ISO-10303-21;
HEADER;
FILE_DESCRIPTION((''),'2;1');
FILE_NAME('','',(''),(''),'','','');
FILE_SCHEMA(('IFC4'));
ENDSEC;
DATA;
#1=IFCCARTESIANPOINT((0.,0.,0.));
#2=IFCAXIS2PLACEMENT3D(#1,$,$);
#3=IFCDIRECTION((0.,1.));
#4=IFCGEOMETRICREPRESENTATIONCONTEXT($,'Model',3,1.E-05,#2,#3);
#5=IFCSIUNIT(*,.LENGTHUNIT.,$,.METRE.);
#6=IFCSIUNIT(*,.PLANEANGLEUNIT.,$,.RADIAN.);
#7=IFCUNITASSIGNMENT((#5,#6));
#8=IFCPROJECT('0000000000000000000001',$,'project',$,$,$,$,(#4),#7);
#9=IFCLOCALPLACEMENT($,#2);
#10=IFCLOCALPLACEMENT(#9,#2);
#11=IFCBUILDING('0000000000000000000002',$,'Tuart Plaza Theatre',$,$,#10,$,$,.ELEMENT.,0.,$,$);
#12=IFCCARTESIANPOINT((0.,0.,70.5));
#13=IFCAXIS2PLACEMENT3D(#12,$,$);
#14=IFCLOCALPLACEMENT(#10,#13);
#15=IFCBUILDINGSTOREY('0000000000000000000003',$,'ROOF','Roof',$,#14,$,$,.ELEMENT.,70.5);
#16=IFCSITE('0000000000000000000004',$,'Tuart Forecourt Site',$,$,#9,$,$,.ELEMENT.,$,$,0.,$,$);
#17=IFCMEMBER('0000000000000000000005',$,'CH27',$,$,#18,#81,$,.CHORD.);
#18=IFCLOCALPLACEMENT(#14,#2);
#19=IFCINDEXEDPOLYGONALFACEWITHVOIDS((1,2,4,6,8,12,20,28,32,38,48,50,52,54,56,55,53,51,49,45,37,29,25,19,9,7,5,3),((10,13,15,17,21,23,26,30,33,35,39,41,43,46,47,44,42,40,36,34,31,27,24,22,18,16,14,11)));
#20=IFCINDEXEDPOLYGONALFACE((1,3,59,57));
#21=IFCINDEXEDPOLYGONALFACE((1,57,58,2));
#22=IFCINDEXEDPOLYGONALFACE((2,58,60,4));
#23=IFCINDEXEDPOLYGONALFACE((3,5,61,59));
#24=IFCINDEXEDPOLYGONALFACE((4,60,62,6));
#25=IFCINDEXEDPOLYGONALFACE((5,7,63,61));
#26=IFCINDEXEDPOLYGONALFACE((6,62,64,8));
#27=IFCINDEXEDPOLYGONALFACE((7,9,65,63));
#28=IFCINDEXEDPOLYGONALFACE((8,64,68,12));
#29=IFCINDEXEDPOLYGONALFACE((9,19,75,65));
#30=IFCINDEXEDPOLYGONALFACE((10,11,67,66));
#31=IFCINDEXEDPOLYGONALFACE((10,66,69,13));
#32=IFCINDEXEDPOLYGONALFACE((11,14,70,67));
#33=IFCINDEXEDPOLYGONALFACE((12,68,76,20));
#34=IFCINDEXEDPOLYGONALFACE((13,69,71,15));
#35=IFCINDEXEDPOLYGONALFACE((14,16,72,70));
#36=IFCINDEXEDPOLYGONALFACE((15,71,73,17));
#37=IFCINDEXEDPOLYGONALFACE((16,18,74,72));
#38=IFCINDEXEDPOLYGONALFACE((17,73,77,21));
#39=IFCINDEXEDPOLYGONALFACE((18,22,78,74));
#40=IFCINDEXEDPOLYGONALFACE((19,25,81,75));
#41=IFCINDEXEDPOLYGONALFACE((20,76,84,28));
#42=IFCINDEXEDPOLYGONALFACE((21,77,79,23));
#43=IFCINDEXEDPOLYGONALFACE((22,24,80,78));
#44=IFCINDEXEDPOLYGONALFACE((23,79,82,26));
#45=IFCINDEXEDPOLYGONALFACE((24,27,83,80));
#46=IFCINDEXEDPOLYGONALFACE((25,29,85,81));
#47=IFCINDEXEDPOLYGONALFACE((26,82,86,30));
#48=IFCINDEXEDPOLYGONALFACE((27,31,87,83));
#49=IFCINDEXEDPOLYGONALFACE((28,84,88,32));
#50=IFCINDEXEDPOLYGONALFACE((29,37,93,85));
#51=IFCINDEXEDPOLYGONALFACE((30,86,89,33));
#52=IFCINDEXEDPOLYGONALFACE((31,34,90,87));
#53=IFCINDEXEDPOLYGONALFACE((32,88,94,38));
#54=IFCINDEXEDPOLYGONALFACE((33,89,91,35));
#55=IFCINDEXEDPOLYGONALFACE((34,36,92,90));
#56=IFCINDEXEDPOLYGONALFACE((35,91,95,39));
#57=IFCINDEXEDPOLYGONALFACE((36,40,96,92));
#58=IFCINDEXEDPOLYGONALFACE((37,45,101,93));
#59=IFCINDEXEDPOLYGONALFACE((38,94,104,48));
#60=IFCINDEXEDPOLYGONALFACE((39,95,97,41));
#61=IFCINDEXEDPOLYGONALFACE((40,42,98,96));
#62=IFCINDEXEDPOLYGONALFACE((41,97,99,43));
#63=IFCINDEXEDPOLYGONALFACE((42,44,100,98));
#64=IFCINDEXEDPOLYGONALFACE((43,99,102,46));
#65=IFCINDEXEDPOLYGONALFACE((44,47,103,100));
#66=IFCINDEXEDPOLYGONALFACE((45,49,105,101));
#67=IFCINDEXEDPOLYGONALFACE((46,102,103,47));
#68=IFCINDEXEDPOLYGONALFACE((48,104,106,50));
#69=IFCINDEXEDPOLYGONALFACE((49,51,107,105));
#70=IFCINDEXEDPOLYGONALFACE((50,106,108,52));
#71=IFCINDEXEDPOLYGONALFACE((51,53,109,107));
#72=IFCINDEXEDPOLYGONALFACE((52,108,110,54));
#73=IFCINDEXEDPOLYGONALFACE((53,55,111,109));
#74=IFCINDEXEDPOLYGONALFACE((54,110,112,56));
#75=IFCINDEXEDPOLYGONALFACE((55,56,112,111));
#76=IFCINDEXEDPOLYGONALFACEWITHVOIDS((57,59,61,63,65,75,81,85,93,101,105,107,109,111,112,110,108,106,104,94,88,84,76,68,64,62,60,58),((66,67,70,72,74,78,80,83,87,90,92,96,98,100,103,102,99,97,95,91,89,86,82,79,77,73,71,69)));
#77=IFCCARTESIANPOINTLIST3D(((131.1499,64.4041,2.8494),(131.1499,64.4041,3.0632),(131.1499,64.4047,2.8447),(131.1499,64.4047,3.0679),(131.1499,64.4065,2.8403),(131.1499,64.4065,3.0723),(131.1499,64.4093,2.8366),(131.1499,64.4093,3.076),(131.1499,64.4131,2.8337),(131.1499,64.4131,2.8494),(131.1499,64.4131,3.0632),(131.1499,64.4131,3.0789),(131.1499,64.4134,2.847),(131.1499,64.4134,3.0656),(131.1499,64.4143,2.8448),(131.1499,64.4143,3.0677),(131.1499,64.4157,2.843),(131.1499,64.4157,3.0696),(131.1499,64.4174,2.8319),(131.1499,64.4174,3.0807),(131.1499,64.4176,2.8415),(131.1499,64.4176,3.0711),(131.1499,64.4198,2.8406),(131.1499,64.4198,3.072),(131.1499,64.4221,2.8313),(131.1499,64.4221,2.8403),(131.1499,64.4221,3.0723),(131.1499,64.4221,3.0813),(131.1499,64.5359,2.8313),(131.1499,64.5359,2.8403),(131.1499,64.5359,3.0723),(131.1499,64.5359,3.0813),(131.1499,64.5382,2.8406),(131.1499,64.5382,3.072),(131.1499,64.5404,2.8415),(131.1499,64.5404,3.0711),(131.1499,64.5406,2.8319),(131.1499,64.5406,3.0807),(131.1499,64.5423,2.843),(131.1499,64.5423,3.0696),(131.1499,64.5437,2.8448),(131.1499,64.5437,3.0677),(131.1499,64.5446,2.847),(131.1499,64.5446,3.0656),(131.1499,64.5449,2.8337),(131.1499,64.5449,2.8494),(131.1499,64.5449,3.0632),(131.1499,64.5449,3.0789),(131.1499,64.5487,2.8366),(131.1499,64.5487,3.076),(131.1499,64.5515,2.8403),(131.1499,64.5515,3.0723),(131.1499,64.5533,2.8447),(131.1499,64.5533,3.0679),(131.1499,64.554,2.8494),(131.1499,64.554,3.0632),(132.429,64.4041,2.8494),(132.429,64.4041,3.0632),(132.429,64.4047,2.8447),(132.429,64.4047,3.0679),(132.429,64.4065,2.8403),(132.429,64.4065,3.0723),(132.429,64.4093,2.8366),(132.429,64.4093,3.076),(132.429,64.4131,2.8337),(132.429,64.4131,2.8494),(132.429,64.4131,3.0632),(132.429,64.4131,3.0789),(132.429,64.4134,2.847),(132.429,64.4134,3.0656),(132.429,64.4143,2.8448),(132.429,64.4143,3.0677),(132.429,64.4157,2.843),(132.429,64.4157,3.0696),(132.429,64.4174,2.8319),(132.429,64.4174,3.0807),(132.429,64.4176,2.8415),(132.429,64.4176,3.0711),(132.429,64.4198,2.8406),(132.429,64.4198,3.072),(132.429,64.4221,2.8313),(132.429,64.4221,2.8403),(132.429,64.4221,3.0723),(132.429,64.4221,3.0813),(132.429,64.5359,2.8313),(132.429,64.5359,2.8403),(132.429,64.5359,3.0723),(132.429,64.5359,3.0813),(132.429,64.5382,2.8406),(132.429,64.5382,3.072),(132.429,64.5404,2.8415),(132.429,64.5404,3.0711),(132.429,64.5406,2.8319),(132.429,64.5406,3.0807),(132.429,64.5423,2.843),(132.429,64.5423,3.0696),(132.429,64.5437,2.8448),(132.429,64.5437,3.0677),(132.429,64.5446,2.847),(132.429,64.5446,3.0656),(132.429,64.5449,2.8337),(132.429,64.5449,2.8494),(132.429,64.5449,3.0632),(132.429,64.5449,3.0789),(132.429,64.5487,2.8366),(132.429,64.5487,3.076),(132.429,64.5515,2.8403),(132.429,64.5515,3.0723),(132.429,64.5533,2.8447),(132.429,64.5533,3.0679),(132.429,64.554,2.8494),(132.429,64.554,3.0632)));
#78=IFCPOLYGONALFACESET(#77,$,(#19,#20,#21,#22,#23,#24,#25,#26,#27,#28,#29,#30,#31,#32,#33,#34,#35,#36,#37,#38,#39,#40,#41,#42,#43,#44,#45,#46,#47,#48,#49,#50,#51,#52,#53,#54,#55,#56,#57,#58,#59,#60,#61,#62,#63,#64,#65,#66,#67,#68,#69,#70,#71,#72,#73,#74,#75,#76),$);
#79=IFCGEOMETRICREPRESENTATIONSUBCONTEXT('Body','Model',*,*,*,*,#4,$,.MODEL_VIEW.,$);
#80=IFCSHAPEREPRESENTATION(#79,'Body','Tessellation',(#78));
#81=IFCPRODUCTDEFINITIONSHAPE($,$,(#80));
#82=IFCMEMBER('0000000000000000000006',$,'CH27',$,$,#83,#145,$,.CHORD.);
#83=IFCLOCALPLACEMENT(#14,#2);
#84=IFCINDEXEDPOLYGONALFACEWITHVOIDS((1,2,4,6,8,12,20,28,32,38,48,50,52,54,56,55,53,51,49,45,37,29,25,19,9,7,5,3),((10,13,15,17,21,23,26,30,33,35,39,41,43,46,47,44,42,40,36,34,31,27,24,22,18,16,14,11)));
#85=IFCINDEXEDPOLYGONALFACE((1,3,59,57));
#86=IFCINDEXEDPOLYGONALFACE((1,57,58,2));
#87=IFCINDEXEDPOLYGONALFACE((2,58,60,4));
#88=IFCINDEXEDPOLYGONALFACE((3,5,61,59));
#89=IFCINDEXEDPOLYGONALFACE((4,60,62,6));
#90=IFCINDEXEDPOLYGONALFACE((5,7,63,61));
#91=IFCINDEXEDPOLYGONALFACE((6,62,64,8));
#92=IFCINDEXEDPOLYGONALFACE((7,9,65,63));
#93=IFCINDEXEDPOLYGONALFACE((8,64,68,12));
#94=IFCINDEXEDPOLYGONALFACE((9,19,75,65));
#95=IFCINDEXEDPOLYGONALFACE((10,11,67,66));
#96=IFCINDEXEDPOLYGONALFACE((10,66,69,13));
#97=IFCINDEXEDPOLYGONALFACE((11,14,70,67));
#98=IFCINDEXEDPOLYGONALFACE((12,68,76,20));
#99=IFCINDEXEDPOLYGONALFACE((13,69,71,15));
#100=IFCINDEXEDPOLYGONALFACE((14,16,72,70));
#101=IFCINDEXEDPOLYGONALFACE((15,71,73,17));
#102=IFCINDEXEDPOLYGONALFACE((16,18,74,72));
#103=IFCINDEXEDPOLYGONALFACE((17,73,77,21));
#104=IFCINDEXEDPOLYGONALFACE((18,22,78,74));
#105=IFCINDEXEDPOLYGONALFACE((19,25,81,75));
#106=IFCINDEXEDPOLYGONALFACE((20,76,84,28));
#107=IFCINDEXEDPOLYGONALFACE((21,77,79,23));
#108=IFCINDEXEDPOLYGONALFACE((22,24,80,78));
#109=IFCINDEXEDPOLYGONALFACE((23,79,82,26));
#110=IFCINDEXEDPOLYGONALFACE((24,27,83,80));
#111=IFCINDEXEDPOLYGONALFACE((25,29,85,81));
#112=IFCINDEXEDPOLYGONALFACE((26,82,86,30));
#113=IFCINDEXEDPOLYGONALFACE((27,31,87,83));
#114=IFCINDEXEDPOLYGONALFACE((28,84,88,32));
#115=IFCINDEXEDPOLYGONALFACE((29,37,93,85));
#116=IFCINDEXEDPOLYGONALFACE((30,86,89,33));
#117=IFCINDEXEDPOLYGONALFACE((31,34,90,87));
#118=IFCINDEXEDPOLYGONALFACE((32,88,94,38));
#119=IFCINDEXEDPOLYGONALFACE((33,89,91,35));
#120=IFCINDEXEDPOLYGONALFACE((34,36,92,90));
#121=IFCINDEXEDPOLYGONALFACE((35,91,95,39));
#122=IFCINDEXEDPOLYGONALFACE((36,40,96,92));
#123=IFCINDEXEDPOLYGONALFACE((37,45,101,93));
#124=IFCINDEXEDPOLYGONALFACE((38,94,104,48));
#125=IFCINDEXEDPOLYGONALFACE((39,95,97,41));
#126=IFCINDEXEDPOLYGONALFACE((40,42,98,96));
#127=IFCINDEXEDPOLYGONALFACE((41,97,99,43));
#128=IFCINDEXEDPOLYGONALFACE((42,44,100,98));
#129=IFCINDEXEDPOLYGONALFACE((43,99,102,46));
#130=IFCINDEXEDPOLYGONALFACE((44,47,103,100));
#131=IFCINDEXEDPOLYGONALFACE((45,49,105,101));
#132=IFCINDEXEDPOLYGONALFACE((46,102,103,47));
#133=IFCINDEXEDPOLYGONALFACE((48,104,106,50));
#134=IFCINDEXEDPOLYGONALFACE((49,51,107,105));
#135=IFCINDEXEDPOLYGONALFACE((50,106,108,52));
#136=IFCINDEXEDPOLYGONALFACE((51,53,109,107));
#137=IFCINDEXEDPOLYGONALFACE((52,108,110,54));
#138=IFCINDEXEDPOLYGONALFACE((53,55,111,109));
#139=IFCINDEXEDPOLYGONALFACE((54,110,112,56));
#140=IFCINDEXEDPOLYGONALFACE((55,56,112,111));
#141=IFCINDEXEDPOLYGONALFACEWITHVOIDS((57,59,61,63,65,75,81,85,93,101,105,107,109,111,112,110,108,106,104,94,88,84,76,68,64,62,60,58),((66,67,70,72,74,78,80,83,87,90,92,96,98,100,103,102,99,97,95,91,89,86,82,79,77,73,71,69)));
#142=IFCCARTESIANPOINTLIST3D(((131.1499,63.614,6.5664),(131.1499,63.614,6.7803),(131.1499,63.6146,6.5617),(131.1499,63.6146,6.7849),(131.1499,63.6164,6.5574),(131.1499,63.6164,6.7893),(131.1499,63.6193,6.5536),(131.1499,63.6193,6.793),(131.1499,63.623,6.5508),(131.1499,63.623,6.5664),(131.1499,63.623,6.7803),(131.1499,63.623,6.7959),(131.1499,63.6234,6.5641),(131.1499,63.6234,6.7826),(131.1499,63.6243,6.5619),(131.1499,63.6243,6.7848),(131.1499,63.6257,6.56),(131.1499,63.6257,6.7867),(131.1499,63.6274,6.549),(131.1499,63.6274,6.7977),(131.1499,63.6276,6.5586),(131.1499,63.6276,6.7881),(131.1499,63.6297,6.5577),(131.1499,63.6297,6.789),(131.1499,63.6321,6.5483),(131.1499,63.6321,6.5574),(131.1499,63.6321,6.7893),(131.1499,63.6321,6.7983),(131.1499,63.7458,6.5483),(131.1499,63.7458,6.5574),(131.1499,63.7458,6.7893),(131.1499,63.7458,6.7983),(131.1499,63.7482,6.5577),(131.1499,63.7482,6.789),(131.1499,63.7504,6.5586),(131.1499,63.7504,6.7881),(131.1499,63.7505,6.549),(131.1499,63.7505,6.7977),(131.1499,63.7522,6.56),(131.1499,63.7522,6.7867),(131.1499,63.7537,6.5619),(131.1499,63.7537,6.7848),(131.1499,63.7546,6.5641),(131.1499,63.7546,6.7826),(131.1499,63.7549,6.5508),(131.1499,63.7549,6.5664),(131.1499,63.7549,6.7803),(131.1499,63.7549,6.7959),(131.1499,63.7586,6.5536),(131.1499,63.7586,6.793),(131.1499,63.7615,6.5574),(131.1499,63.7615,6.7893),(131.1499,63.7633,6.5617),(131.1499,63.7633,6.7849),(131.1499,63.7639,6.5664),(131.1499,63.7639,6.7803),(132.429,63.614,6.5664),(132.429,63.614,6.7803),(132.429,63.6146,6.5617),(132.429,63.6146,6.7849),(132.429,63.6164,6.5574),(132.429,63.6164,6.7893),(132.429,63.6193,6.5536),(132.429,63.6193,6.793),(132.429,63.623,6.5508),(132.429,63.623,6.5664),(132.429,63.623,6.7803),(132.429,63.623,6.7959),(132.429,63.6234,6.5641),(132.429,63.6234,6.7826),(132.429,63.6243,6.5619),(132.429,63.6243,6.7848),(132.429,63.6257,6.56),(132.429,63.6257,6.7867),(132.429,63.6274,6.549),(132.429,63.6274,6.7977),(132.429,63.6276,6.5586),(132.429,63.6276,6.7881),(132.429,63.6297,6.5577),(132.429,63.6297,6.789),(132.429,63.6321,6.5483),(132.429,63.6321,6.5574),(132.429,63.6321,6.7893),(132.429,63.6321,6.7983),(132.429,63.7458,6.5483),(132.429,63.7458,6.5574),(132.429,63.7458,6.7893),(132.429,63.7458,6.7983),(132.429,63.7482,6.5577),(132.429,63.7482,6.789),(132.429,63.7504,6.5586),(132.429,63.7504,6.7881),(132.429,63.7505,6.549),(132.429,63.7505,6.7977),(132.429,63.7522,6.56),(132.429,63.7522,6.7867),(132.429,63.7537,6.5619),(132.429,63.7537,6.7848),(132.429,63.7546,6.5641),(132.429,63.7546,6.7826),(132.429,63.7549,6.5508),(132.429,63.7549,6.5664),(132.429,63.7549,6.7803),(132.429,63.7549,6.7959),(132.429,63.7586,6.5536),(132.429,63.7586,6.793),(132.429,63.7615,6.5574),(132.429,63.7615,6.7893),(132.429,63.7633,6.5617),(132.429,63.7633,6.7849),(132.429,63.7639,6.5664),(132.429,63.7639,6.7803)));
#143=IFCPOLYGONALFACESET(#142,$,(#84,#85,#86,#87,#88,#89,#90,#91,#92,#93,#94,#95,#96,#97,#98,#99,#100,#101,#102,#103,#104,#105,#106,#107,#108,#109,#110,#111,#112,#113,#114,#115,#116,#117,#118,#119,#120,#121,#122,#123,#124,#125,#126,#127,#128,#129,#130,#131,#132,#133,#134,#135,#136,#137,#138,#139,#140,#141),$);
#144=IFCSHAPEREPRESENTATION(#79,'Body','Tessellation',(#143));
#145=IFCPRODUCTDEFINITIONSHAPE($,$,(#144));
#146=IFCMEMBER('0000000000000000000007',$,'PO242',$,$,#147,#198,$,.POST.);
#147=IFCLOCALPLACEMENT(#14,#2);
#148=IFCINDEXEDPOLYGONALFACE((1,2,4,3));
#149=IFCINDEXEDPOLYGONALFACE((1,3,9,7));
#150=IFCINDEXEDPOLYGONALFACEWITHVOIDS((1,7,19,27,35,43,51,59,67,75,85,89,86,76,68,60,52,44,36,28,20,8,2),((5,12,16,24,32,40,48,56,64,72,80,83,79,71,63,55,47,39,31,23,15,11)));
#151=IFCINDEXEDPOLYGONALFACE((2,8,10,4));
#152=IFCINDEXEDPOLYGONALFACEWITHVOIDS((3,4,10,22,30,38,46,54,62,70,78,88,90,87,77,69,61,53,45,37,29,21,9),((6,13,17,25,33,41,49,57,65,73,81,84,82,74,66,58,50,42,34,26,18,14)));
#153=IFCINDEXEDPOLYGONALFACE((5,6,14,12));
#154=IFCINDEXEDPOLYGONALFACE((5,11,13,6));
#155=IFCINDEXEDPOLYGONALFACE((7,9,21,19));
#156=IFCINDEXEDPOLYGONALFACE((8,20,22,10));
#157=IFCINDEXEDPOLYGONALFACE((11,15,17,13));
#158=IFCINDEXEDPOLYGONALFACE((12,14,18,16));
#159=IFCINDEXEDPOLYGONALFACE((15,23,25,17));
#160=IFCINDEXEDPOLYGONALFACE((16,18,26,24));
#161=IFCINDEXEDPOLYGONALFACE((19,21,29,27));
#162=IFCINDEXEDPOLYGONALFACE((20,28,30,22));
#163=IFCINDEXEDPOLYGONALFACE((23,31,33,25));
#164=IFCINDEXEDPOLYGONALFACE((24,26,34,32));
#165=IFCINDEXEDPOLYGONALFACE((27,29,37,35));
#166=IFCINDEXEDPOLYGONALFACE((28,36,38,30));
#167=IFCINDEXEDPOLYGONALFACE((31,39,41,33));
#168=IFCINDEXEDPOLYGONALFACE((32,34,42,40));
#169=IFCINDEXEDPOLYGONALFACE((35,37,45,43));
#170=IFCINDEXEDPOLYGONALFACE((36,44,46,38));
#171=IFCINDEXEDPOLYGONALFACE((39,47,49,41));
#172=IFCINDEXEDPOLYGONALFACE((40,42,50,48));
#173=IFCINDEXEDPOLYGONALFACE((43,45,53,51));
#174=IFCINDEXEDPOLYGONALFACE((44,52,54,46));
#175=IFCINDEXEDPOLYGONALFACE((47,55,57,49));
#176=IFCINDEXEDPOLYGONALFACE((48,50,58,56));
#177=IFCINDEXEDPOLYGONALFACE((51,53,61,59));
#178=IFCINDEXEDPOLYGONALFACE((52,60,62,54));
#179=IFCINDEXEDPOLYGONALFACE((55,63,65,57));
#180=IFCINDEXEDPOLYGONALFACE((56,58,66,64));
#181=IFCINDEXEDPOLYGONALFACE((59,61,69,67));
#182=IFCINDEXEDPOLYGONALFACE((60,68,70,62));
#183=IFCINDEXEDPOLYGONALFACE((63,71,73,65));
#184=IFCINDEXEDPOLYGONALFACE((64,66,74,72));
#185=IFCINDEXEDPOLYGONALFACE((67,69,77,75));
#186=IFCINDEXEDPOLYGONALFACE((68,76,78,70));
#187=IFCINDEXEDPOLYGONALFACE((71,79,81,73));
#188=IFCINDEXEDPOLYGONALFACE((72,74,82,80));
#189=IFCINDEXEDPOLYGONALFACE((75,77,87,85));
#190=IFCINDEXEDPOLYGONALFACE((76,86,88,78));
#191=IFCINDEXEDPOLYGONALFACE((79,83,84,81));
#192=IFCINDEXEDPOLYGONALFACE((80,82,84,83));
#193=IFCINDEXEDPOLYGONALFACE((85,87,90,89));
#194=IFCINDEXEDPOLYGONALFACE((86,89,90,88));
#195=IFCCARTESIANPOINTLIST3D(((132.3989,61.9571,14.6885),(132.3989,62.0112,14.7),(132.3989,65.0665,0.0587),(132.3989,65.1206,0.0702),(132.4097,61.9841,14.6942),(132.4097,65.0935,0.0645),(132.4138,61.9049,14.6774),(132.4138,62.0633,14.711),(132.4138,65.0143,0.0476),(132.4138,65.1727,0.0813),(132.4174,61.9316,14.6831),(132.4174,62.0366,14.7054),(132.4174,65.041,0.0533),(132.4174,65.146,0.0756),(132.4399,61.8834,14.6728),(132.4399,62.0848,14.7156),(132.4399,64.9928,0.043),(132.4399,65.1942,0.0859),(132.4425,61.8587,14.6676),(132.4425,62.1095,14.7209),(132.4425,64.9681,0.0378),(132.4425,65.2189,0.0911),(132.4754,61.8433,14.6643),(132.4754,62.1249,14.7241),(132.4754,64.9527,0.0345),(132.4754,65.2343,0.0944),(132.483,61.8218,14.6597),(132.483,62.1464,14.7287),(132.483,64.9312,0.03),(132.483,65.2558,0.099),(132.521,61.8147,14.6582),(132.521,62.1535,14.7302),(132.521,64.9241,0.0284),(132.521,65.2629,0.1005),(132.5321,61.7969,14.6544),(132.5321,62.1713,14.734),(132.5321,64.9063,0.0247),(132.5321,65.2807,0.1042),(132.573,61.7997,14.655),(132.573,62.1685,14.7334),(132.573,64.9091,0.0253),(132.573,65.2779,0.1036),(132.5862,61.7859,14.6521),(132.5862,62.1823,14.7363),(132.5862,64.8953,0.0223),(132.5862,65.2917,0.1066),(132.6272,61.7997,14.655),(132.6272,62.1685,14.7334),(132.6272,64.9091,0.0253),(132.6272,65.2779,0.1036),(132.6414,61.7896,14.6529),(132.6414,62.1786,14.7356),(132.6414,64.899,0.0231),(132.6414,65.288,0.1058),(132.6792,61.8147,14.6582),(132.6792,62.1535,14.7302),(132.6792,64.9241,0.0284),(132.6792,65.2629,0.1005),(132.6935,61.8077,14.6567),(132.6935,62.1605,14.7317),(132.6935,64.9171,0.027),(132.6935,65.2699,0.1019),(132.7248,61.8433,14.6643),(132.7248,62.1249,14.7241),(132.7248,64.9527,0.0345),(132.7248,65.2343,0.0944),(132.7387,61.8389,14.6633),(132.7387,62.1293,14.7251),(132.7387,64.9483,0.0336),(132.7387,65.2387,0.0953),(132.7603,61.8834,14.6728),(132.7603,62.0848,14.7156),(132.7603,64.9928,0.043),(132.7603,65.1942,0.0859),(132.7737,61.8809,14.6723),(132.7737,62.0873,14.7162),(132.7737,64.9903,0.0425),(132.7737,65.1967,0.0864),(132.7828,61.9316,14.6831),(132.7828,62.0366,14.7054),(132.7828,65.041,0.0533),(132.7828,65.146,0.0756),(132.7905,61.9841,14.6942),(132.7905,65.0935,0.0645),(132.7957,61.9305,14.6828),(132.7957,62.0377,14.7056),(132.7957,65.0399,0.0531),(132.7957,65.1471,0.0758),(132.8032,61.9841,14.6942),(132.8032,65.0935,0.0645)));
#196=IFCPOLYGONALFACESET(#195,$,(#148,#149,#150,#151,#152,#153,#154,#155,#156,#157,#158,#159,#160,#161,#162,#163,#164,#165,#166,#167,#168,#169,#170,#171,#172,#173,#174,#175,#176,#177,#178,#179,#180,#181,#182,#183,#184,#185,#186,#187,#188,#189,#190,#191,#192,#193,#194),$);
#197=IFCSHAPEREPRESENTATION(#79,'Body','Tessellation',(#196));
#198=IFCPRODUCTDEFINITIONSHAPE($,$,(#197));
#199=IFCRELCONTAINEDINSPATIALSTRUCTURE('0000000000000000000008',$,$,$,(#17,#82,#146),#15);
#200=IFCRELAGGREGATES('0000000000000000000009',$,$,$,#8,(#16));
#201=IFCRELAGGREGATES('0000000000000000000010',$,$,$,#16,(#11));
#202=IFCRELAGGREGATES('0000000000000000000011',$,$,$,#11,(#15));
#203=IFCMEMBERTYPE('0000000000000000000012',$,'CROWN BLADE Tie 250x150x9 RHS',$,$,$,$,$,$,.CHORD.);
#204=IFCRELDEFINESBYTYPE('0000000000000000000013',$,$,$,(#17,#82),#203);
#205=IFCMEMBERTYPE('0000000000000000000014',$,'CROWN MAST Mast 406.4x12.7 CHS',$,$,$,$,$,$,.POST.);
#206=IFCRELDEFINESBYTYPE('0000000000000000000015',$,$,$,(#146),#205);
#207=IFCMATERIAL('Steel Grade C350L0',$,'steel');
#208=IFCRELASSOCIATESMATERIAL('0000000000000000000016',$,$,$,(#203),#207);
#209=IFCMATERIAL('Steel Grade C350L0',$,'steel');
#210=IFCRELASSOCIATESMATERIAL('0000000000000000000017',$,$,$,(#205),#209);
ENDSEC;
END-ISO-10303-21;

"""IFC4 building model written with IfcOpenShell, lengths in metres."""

from ifc_helpers import new_model, si_unit, direction, frame, origin, origin_2d, place, context, subcontext, project, spatial, hollow_rectangle, hollow_circle, extrude, material, material_profile, profile_set, type_object, element, save


model = new_model("IFC4")

# Units and contexts
model_context = context("Model", 3, precision=1e-05, world=origin(), true_north=direction((0.0, 1.0)))
body_context = subcontext(model_context, "Body", "Model", "MODEL_VIEW")
ifc_project = project(units=[si_unit("LENGTHUNIT", "METRE"), si_unit("PLANEANGLEUNIT", "RADIAN")], contexts=[model_context])

# Site, building, storey
site_placement = place(None, origin())
site = spatial("IfcSite", under=ifc_project, at=site_placement, Name="Tuart Forecourt Site", CompositionType="ELEMENT", RefElevation=0.0)
building_placement = place(site_placement, origin())
building = spatial("IfcBuilding", under=site, at=building_placement, Name="Tuart Plaza Theatre", CompositionType="ELEMENT", ElevationOfRefHeight=0.0)
storey_placement = place(building_placement, frame((0.0, 0.0, 70.5)))
storey = spatial("IfcBuildingStorey", under=building, at=storey_placement, Name="ROOF", Description="Roof", CompositionType="ELEMENT", Elevation=70.5)

# Members
ifc_material_1 = material(Name="Steel Grade C350L0", Category="steel")
ifc_material_profile_1 = material_profile(ifc_material_1, hollow_rectangle(XDim=0.1499, YDim=0.25, WallThickness=0.009, InnerFilletRadius=0.009, OuterFilletRadius=0.0181, at=origin_2d()), Name="250x150x9 RHS")
ifc_profile_set_1 = profile_set([ifc_material_profile_1], Name="Steel Grade C350L0")
member_type_1 = type_object("IfcMemberType", Name="CROWN BLADE Tie 250x150x9 RHS", PredefinedType="CHORD", material=ifc_profile_set_1)
for number, where, z_axis, x_axis, name in (
    (1, (131.1499, 64.479, 2.9563), (1.0, 0.0, 0.0), (0.0, 1.0, 0.0), "CH27"),
    (2, (131.1499, 63.689, 6.6733), (1.0, 0.0, 0.0), (0.0, 1.0, 0.0), "CH27"),
):
    element("IfcMember", number, at=place(storey_placement, frame(where, z_axis=z_axis, x_axis=x_axis)), inside=storey, type_object=member_type_1, Name=name, PredefinedType="CHORD", context=body_context, shape_type="SweptSolid", body=[
        extrude(hollow_rectangle(XDim=0.1499, YDim=0.25, WallThickness=0.009, InnerFilletRadius=0.009, OuterFilletRadius=0.0181, at=origin_2d()), origin(), (0.0, 0.0, 1.0), 1.2791),
    ])
ifc_material_2 = material(Name="Steel Grade C350L0", Category="steel")
ifc_material_profile_2 = material_profile(ifc_material_2, hollow_circle(Radius=0.2031, WallThickness=0.0127, at=origin_2d()), Name="406.4x12.7 CHS")
ifc_profile_set_2 = profile_set([ifc_material_profile_2], Name="Steel Grade C350L0")
member_type_2 = type_object("IfcMemberType", Name="CROWN MAST Mast 406.4x12.7 CHS", PredefinedType="POST", material=ifc_profile_set_2)
member_1_placement = place(storey_placement, frame((132.6001, 65.0935, 0.0645), z_axis=(0.0, -0.207896, 0.978151), x_axis=(1.0, 0.0, 0.0)))
element("IfcMember", 3, at=member_1_placement, inside=storey, type_object=member_type_2, Name="PO242", PredefinedType="POST", context=body_context, shape_type="SweptSolid", body=[
    extrude(hollow_circle(Radius=0.2031, WallThickness=0.0127, at=origin_2d()), origin(), (0.0, 0.0, 1.0), 14.9565),
])

save(model, "model.ifc")
